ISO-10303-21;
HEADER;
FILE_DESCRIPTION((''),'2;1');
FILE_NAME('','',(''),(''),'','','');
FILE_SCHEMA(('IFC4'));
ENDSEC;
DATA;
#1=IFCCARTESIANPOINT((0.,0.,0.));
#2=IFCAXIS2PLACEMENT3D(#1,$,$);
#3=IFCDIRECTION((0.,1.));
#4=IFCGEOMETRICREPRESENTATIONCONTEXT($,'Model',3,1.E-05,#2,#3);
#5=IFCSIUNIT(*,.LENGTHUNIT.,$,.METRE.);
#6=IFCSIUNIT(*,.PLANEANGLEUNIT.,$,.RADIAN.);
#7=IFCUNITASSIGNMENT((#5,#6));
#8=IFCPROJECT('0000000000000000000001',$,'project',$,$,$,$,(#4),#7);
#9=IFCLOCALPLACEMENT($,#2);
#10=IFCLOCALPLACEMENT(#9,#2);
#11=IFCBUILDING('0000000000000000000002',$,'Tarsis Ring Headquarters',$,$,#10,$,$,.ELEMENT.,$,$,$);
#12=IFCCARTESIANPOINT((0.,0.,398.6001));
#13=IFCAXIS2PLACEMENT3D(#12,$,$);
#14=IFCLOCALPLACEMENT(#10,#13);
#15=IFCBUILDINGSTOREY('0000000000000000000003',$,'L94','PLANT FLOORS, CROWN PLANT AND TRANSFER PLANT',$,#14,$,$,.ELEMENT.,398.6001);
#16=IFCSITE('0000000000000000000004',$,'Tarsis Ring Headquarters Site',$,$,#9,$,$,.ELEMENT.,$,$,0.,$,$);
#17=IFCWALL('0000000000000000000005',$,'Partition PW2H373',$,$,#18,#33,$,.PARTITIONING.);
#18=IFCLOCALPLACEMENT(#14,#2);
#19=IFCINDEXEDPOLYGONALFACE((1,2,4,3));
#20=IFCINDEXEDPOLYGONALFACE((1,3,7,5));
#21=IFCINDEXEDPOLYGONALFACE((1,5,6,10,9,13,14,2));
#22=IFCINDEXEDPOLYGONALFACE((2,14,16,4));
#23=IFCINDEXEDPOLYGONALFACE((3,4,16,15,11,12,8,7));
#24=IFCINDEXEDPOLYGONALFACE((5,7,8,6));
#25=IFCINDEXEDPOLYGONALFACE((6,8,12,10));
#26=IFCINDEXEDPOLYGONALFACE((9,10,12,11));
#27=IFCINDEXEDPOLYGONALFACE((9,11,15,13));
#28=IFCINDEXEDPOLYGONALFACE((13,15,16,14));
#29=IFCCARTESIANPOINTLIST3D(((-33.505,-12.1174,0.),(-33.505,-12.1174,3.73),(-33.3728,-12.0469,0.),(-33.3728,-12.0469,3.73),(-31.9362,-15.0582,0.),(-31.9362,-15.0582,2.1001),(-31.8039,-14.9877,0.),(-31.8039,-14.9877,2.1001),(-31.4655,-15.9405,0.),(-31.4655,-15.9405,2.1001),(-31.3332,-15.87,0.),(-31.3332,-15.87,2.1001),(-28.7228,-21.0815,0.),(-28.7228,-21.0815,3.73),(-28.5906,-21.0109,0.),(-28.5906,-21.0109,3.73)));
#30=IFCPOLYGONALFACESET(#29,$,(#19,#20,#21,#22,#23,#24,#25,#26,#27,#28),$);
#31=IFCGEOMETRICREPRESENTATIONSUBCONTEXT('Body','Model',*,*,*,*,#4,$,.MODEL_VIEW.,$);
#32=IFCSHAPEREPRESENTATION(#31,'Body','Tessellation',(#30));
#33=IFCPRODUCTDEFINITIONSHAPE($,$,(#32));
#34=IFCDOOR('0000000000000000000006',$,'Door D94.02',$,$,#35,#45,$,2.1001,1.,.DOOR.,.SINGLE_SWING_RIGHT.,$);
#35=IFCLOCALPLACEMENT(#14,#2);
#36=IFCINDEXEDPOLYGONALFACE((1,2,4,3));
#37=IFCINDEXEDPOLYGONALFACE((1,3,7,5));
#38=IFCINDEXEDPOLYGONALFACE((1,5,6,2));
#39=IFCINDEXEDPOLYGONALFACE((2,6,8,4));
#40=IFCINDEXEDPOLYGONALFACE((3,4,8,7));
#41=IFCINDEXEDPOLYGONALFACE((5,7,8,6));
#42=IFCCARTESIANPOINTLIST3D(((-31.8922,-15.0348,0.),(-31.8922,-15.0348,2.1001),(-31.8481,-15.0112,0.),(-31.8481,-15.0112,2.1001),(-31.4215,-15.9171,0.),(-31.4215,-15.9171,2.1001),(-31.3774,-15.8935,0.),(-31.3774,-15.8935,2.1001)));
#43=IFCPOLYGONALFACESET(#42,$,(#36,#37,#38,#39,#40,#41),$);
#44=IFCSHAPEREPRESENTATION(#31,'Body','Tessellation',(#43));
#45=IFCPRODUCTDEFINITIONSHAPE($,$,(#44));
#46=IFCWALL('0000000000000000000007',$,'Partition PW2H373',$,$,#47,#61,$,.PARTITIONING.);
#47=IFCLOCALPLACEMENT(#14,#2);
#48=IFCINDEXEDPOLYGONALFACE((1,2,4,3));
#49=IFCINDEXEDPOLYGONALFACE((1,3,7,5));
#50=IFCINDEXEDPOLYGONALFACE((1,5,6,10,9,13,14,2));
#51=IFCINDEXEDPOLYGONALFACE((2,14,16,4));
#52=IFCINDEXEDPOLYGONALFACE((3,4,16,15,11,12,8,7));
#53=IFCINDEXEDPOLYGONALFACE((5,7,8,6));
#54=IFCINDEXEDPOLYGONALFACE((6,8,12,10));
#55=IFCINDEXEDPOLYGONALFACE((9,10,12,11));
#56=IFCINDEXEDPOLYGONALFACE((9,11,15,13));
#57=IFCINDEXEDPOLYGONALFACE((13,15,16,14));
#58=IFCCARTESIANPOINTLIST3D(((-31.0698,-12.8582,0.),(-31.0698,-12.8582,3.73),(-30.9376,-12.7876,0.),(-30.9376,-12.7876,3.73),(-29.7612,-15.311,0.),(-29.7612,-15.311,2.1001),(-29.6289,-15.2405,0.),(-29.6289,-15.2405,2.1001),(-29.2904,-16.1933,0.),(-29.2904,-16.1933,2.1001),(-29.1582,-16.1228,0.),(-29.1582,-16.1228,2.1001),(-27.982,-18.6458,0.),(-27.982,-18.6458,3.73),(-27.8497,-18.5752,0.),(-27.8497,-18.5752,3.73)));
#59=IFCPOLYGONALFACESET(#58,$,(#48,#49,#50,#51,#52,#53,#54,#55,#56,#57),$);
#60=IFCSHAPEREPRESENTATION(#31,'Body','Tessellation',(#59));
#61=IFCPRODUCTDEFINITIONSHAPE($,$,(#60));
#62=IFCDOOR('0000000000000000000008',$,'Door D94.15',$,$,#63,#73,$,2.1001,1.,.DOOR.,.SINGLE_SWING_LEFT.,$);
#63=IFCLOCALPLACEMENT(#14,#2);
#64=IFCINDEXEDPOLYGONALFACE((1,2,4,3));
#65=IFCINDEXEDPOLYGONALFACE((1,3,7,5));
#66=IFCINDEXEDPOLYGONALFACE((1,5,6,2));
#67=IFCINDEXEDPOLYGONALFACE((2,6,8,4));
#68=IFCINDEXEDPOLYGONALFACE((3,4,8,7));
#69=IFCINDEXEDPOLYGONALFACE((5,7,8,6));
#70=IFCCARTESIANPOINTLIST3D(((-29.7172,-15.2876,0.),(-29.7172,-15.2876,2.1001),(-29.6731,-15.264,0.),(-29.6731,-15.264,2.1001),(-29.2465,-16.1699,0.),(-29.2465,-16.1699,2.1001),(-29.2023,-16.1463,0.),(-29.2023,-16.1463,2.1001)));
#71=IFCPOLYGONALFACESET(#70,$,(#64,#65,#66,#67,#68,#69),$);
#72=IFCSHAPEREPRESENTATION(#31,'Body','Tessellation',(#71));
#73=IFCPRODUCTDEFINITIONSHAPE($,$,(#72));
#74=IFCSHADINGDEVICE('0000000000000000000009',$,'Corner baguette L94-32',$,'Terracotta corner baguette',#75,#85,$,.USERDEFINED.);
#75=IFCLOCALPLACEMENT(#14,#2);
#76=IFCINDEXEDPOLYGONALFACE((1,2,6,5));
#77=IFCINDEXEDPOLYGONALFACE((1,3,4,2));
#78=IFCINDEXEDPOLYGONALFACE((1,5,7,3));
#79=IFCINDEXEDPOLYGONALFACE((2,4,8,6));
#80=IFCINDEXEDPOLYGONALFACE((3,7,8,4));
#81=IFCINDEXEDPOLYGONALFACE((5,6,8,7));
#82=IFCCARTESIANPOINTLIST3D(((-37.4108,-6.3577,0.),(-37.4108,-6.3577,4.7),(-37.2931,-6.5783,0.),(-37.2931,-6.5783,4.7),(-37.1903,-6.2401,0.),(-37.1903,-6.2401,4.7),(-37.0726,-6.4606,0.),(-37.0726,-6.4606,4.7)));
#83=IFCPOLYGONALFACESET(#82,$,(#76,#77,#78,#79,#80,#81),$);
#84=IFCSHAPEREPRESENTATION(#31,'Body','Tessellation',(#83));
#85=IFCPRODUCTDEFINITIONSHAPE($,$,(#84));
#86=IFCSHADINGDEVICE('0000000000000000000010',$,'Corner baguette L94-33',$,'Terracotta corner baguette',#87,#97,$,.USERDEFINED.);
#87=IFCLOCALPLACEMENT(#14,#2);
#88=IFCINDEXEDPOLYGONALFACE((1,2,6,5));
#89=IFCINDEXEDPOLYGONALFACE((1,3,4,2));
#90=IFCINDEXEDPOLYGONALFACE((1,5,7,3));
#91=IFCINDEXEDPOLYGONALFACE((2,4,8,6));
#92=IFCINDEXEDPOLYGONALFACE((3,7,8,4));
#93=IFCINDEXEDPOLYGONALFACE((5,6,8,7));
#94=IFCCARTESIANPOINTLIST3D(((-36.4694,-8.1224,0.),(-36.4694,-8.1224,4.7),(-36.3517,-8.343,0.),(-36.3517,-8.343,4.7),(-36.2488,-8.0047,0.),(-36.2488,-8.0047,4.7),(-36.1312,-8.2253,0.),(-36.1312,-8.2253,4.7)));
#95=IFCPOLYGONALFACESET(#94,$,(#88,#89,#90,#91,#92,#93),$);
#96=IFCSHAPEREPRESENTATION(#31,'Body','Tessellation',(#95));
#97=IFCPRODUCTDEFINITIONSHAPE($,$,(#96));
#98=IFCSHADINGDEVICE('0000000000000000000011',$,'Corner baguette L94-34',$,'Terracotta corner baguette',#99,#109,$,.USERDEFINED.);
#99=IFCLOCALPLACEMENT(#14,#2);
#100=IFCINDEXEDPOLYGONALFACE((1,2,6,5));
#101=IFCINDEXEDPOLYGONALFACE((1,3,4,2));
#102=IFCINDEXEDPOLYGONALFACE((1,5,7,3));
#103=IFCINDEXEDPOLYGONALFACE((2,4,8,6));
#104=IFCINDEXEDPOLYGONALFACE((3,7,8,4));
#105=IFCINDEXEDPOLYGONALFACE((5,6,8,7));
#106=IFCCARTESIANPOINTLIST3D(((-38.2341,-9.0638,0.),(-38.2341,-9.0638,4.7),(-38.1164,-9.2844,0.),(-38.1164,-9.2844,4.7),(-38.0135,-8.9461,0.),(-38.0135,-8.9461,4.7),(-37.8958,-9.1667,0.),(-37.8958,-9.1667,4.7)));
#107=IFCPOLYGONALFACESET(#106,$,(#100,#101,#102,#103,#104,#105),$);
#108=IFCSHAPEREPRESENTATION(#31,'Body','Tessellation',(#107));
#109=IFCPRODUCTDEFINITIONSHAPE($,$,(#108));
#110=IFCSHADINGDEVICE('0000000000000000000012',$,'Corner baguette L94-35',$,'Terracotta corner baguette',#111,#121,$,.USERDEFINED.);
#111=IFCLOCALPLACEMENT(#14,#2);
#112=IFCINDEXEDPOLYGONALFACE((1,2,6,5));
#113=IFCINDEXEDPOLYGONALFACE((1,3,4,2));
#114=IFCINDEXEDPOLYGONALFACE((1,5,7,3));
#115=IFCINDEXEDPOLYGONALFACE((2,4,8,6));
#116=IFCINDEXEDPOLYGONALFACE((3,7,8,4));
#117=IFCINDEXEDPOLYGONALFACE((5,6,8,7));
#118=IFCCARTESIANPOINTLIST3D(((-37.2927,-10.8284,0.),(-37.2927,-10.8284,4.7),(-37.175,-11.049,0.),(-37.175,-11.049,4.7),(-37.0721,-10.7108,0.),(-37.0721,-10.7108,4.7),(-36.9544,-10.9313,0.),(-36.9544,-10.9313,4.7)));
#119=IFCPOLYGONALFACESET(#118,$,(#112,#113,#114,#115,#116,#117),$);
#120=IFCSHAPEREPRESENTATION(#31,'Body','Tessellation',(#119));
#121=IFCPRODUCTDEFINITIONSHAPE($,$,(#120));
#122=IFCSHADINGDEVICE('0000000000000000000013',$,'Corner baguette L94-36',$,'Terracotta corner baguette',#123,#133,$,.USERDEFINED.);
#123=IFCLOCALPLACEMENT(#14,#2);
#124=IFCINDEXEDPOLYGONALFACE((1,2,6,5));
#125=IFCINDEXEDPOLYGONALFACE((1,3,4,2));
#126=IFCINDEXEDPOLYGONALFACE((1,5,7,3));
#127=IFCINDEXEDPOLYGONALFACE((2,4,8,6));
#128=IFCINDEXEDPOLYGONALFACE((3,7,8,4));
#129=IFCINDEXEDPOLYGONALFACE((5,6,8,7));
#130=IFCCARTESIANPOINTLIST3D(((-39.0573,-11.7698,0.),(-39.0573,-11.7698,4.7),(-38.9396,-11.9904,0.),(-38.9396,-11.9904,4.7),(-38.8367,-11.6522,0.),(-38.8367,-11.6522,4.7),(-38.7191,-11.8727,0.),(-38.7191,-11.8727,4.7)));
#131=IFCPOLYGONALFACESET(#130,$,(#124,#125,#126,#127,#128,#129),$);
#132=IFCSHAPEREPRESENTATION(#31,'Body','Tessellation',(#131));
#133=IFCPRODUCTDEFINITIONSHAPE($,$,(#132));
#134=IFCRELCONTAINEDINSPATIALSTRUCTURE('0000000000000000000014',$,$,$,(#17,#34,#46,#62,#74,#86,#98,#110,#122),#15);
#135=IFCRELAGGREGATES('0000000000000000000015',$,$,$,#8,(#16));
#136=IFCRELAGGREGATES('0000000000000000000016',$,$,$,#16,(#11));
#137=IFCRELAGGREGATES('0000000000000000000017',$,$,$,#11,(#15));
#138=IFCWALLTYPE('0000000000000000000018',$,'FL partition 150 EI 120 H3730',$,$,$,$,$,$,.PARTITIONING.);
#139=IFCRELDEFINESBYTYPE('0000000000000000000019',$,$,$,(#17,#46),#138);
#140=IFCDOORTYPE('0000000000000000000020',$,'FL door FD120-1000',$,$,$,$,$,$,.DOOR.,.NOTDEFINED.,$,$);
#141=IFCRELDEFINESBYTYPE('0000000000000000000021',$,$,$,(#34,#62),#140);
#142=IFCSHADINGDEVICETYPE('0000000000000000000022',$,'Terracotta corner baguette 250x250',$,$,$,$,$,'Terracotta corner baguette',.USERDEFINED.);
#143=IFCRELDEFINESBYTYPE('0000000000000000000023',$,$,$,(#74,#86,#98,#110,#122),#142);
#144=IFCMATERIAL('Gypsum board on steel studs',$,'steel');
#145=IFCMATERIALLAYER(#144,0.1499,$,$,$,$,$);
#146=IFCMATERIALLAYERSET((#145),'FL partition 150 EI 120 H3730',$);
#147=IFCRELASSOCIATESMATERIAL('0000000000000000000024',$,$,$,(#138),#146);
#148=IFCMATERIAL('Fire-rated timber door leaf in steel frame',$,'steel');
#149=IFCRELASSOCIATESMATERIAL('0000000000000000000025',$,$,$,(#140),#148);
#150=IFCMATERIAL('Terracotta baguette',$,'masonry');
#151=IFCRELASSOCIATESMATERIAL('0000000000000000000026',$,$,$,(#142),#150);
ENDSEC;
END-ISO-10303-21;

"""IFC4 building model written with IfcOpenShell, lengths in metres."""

from ifc_helpers import new_model, si_unit, direction, frame, frame_2d, origin, origin_2d, place, context, subcontext, project, spatial, rectangle, extrude, material, layer, layer_set, type_object, element, fill, save


model = new_model("IFC4")

# Units and contexts
model_context = context("Model", 3, precision=1e-05, world=origin(), true_north=direction((0.0, 1.0)))
body_context = subcontext(model_context, "Body", "Model", "MODEL_VIEW")
ifc_project = project(units=[si_unit("LENGTHUNIT", "METRE"), si_unit("PLANEANGLEUNIT", "RADIAN")], contexts=[model_context])

# Site, building, storey
site_placement = place(None, origin())
site = spatial("IfcSite", under=ifc_project, at=site_placement, Name="Tarsis Ring Headquarters Site", CompositionType="ELEMENT", RefElevation=0.0)
building_placement = place(site_placement, origin())
building = spatial("IfcBuilding", under=site, at=building_placement, Name="Tarsis Ring Headquarters", CompositionType="ELEMENT")
storey_placement = place(building_placement, frame((0.0, 0.0, 398.6001)))
storey = spatial("IfcBuildingStorey", under=building, at=storey_placement, Name="L94", Description="PLANT FLOORS, CROWN PLANT AND TRANSFER PLANT", CompositionType="ELEMENT", Elevation=398.6001)

# Shared definitions
ifc_material_1 = material(Name="Gypsum board on steel studs", Category="steel")
ifc_layer = layer(ifc_material_1, 0.1499)
ifc_layer_set = layer_set([ifc_layer], Name="FL partition 150 EI 120 H3730")
wall_type = type_object("IfcWallType", Name="FL partition 150 EI 120 H3730", PredefinedType="PARTITIONING", material=ifc_layer_set)
ifc_material_2 = material(Name="Fire-rated timber door leaf in steel frame", Category="steel")

# Walls, openings, doors
wall_1_placement = place(storey_placement, frame((-33.439, -12.082, 0.0), z_axis=(0.0, 0.0, 1.0), x_axis=(0.470693, -0.882297, 0.0)))
wall_1 = element("IfcWall", 1, at=wall_1_placement, inside=storey, type_object=wall_type, Name="Partition PW2H373", PredefinedType="PARTITIONING", context=body_context, shape_type="SweptSolid", body=[
    extrude(rectangle(XDim=10.1599, YDim=0.1499, at=frame_2d((5.0801, 0.0))), origin(), (0.0, 0.0, 1.0), 3.73),
])
opening_1_placement = place(wall_1_placement, frame((3.3333, 0.0, 0.0)))
opening_1 = element("IfcOpeningElement", 2, at=opening_1_placement, cuts=wall_1, PredefinedType="OPENING", context=body_context, shape_type="SweptSolid", body=[
    extrude(rectangle(XDim=1.0, YDim=2.1001, at=frame_2d((0.5, 1.05))), frame((0.0, 0.085, 0.0), z_axis=(0.0, -1.0, 0.0), x_axis=(1.0, 0.0, 0.0)), (0.0, 0.0, 1.0), 0.1699),
])
door_type_1 = type_object("IfcDoorType", Name="FL door FD120-1000", OperationType="NOTDEFINED", PredefinedType="DOOR", material=ifc_material_2)
door_1_placement = place(opening_1_placement, origin())
door_1 = element("IfcDoor", 3, at=door_1_placement, inside=storey, type_object=door_type_1, Name="Door D94.02", OperationType="SINGLE_SWING_RIGHT", OverallHeight=2.1001, OverallWidth=1.0, PredefinedType="DOOR", context=body_context, shape_type="SweptSolid", body=[
    extrude(rectangle(XDim=1.0, YDim=2.1001, at=frame_2d((0.5, 1.05))), frame((0.0, 0.0249, 0.0), z_axis=(0.0, -1.0, 0.0), x_axis=(1.0, 0.0, 0.0)), (0.0, 0.0, 1.0), 0.05),
])
fill(opening_1, door_1)
wall_2_placement = place(storey_placement, frame((-31.0037, -12.823, 0.0), z_axis=(0.0, 0.0, 1.0), x_axis=(0.470727, -0.882279, 0.0)))
wall_2 = element("IfcWall", 4, at=wall_2_placement, inside=storey, type_object=wall_type, Name="Partition PW2H373", PredefinedType="PARTITIONING", context=body_context, shape_type="SweptSolid", body=[
    extrude(rectangle(XDim=6.5598, YDim=0.1499, at=frame_2d((3.2798, 0.0))), origin(), (0.0, 0.0, 1.0), 3.73),
])
opening_2_placement = place(wall_2_placement, frame((2.78, 0.0, 0.0)))
opening_2 = element("IfcOpeningElement", 5, at=opening_2_placement, cuts=wall_2, PredefinedType="OPENING", context=body_context, shape_type="SweptSolid", body=[
    extrude(rectangle(XDim=1.0, YDim=2.1001, at=frame_2d((0.5, 1.05))), frame((0.0, 0.085, 0.0), z_axis=(0.0, -1.0, 0.0), x_axis=(1.0, 0.0, 0.0)), (0.0, 0.0, 1.0), 0.1699),
])
door_2_placement = place(opening_2_placement, origin())
door_2 = element("IfcDoor", 6, at=door_2_placement, inside=storey, type_object=door_type_1, Name="Door D94.15", OperationType="SINGLE_SWING_LEFT", OverallHeight=2.1001, OverallWidth=1.0, PredefinedType="DOOR", context=body_context, shape_type="SweptSolid", body=[
    extrude(rectangle(XDim=1.0, YDim=2.1001, at=frame_2d((0.5, 1.05))), frame((0.0, 0.0249, 0.0), z_axis=(0.0, -1.0, 0.0), x_axis=(1.0, 0.0, 0.0)), (0.0, 0.0, 1.0), 0.05),
])
fill(opening_2, door_2)

# Shading devices
ifc_material_3 = material(Name="Terracotta baguette", Category="masonry")
shading_device_type_1 = type_object("IfcShadingDeviceType", Name="Terracotta corner baguette 250x250", ElementType="Terracotta corner baguette", PredefinedType="USERDEFINED", material=ifc_material_3)
for number, where, z_axis, x_axis, name in (
    (7, (-37.2417, -6.4092, 0.0), (0.0, 0.0, 1.0), (-0.882291, -0.470704, 0.0), "Corner baguette L94-32"),
    (8, (-36.3003, -8.1738, 0.0), (0.0, 0.0, 1.0), (0.470703, -0.882291, 0.0), "Corner baguette L94-33"),
    (9, (-38.0649, -9.1152, 0.0), (0.0, 0.0, 1.0), (-0.882291, -0.470704, 0.0), "Corner baguette L94-34"),
    (10, (-37.1235, -10.8799, 0.0), (0.0, 0.0, 1.0), (0.470704, -0.882291, 0.0), "Corner baguette L94-35"),
    (11, (-38.8882, -11.8213, 0.0), (0.0, 0.0, 1.0), (-0.882291, -0.470703, 0.0), "Corner baguette L94-36"),
):
    element("IfcShadingDevice", number, at=place(storey_placement, frame(where, z_axis=z_axis, x_axis=x_axis)), inside=storey, type_object=shading_device_type_1, Name=name, ObjectType="Terracotta corner baguette", PredefinedType="USERDEFINED", context=body_context, shape_type="SweptSolid", body=[
        extrude(rectangle(XDim=0.25, YDim=0.25, at=origin_2d()), origin(), (0.0, 0.0, 1.0), 4.7),
    ])

save(model, "model.ifc")
